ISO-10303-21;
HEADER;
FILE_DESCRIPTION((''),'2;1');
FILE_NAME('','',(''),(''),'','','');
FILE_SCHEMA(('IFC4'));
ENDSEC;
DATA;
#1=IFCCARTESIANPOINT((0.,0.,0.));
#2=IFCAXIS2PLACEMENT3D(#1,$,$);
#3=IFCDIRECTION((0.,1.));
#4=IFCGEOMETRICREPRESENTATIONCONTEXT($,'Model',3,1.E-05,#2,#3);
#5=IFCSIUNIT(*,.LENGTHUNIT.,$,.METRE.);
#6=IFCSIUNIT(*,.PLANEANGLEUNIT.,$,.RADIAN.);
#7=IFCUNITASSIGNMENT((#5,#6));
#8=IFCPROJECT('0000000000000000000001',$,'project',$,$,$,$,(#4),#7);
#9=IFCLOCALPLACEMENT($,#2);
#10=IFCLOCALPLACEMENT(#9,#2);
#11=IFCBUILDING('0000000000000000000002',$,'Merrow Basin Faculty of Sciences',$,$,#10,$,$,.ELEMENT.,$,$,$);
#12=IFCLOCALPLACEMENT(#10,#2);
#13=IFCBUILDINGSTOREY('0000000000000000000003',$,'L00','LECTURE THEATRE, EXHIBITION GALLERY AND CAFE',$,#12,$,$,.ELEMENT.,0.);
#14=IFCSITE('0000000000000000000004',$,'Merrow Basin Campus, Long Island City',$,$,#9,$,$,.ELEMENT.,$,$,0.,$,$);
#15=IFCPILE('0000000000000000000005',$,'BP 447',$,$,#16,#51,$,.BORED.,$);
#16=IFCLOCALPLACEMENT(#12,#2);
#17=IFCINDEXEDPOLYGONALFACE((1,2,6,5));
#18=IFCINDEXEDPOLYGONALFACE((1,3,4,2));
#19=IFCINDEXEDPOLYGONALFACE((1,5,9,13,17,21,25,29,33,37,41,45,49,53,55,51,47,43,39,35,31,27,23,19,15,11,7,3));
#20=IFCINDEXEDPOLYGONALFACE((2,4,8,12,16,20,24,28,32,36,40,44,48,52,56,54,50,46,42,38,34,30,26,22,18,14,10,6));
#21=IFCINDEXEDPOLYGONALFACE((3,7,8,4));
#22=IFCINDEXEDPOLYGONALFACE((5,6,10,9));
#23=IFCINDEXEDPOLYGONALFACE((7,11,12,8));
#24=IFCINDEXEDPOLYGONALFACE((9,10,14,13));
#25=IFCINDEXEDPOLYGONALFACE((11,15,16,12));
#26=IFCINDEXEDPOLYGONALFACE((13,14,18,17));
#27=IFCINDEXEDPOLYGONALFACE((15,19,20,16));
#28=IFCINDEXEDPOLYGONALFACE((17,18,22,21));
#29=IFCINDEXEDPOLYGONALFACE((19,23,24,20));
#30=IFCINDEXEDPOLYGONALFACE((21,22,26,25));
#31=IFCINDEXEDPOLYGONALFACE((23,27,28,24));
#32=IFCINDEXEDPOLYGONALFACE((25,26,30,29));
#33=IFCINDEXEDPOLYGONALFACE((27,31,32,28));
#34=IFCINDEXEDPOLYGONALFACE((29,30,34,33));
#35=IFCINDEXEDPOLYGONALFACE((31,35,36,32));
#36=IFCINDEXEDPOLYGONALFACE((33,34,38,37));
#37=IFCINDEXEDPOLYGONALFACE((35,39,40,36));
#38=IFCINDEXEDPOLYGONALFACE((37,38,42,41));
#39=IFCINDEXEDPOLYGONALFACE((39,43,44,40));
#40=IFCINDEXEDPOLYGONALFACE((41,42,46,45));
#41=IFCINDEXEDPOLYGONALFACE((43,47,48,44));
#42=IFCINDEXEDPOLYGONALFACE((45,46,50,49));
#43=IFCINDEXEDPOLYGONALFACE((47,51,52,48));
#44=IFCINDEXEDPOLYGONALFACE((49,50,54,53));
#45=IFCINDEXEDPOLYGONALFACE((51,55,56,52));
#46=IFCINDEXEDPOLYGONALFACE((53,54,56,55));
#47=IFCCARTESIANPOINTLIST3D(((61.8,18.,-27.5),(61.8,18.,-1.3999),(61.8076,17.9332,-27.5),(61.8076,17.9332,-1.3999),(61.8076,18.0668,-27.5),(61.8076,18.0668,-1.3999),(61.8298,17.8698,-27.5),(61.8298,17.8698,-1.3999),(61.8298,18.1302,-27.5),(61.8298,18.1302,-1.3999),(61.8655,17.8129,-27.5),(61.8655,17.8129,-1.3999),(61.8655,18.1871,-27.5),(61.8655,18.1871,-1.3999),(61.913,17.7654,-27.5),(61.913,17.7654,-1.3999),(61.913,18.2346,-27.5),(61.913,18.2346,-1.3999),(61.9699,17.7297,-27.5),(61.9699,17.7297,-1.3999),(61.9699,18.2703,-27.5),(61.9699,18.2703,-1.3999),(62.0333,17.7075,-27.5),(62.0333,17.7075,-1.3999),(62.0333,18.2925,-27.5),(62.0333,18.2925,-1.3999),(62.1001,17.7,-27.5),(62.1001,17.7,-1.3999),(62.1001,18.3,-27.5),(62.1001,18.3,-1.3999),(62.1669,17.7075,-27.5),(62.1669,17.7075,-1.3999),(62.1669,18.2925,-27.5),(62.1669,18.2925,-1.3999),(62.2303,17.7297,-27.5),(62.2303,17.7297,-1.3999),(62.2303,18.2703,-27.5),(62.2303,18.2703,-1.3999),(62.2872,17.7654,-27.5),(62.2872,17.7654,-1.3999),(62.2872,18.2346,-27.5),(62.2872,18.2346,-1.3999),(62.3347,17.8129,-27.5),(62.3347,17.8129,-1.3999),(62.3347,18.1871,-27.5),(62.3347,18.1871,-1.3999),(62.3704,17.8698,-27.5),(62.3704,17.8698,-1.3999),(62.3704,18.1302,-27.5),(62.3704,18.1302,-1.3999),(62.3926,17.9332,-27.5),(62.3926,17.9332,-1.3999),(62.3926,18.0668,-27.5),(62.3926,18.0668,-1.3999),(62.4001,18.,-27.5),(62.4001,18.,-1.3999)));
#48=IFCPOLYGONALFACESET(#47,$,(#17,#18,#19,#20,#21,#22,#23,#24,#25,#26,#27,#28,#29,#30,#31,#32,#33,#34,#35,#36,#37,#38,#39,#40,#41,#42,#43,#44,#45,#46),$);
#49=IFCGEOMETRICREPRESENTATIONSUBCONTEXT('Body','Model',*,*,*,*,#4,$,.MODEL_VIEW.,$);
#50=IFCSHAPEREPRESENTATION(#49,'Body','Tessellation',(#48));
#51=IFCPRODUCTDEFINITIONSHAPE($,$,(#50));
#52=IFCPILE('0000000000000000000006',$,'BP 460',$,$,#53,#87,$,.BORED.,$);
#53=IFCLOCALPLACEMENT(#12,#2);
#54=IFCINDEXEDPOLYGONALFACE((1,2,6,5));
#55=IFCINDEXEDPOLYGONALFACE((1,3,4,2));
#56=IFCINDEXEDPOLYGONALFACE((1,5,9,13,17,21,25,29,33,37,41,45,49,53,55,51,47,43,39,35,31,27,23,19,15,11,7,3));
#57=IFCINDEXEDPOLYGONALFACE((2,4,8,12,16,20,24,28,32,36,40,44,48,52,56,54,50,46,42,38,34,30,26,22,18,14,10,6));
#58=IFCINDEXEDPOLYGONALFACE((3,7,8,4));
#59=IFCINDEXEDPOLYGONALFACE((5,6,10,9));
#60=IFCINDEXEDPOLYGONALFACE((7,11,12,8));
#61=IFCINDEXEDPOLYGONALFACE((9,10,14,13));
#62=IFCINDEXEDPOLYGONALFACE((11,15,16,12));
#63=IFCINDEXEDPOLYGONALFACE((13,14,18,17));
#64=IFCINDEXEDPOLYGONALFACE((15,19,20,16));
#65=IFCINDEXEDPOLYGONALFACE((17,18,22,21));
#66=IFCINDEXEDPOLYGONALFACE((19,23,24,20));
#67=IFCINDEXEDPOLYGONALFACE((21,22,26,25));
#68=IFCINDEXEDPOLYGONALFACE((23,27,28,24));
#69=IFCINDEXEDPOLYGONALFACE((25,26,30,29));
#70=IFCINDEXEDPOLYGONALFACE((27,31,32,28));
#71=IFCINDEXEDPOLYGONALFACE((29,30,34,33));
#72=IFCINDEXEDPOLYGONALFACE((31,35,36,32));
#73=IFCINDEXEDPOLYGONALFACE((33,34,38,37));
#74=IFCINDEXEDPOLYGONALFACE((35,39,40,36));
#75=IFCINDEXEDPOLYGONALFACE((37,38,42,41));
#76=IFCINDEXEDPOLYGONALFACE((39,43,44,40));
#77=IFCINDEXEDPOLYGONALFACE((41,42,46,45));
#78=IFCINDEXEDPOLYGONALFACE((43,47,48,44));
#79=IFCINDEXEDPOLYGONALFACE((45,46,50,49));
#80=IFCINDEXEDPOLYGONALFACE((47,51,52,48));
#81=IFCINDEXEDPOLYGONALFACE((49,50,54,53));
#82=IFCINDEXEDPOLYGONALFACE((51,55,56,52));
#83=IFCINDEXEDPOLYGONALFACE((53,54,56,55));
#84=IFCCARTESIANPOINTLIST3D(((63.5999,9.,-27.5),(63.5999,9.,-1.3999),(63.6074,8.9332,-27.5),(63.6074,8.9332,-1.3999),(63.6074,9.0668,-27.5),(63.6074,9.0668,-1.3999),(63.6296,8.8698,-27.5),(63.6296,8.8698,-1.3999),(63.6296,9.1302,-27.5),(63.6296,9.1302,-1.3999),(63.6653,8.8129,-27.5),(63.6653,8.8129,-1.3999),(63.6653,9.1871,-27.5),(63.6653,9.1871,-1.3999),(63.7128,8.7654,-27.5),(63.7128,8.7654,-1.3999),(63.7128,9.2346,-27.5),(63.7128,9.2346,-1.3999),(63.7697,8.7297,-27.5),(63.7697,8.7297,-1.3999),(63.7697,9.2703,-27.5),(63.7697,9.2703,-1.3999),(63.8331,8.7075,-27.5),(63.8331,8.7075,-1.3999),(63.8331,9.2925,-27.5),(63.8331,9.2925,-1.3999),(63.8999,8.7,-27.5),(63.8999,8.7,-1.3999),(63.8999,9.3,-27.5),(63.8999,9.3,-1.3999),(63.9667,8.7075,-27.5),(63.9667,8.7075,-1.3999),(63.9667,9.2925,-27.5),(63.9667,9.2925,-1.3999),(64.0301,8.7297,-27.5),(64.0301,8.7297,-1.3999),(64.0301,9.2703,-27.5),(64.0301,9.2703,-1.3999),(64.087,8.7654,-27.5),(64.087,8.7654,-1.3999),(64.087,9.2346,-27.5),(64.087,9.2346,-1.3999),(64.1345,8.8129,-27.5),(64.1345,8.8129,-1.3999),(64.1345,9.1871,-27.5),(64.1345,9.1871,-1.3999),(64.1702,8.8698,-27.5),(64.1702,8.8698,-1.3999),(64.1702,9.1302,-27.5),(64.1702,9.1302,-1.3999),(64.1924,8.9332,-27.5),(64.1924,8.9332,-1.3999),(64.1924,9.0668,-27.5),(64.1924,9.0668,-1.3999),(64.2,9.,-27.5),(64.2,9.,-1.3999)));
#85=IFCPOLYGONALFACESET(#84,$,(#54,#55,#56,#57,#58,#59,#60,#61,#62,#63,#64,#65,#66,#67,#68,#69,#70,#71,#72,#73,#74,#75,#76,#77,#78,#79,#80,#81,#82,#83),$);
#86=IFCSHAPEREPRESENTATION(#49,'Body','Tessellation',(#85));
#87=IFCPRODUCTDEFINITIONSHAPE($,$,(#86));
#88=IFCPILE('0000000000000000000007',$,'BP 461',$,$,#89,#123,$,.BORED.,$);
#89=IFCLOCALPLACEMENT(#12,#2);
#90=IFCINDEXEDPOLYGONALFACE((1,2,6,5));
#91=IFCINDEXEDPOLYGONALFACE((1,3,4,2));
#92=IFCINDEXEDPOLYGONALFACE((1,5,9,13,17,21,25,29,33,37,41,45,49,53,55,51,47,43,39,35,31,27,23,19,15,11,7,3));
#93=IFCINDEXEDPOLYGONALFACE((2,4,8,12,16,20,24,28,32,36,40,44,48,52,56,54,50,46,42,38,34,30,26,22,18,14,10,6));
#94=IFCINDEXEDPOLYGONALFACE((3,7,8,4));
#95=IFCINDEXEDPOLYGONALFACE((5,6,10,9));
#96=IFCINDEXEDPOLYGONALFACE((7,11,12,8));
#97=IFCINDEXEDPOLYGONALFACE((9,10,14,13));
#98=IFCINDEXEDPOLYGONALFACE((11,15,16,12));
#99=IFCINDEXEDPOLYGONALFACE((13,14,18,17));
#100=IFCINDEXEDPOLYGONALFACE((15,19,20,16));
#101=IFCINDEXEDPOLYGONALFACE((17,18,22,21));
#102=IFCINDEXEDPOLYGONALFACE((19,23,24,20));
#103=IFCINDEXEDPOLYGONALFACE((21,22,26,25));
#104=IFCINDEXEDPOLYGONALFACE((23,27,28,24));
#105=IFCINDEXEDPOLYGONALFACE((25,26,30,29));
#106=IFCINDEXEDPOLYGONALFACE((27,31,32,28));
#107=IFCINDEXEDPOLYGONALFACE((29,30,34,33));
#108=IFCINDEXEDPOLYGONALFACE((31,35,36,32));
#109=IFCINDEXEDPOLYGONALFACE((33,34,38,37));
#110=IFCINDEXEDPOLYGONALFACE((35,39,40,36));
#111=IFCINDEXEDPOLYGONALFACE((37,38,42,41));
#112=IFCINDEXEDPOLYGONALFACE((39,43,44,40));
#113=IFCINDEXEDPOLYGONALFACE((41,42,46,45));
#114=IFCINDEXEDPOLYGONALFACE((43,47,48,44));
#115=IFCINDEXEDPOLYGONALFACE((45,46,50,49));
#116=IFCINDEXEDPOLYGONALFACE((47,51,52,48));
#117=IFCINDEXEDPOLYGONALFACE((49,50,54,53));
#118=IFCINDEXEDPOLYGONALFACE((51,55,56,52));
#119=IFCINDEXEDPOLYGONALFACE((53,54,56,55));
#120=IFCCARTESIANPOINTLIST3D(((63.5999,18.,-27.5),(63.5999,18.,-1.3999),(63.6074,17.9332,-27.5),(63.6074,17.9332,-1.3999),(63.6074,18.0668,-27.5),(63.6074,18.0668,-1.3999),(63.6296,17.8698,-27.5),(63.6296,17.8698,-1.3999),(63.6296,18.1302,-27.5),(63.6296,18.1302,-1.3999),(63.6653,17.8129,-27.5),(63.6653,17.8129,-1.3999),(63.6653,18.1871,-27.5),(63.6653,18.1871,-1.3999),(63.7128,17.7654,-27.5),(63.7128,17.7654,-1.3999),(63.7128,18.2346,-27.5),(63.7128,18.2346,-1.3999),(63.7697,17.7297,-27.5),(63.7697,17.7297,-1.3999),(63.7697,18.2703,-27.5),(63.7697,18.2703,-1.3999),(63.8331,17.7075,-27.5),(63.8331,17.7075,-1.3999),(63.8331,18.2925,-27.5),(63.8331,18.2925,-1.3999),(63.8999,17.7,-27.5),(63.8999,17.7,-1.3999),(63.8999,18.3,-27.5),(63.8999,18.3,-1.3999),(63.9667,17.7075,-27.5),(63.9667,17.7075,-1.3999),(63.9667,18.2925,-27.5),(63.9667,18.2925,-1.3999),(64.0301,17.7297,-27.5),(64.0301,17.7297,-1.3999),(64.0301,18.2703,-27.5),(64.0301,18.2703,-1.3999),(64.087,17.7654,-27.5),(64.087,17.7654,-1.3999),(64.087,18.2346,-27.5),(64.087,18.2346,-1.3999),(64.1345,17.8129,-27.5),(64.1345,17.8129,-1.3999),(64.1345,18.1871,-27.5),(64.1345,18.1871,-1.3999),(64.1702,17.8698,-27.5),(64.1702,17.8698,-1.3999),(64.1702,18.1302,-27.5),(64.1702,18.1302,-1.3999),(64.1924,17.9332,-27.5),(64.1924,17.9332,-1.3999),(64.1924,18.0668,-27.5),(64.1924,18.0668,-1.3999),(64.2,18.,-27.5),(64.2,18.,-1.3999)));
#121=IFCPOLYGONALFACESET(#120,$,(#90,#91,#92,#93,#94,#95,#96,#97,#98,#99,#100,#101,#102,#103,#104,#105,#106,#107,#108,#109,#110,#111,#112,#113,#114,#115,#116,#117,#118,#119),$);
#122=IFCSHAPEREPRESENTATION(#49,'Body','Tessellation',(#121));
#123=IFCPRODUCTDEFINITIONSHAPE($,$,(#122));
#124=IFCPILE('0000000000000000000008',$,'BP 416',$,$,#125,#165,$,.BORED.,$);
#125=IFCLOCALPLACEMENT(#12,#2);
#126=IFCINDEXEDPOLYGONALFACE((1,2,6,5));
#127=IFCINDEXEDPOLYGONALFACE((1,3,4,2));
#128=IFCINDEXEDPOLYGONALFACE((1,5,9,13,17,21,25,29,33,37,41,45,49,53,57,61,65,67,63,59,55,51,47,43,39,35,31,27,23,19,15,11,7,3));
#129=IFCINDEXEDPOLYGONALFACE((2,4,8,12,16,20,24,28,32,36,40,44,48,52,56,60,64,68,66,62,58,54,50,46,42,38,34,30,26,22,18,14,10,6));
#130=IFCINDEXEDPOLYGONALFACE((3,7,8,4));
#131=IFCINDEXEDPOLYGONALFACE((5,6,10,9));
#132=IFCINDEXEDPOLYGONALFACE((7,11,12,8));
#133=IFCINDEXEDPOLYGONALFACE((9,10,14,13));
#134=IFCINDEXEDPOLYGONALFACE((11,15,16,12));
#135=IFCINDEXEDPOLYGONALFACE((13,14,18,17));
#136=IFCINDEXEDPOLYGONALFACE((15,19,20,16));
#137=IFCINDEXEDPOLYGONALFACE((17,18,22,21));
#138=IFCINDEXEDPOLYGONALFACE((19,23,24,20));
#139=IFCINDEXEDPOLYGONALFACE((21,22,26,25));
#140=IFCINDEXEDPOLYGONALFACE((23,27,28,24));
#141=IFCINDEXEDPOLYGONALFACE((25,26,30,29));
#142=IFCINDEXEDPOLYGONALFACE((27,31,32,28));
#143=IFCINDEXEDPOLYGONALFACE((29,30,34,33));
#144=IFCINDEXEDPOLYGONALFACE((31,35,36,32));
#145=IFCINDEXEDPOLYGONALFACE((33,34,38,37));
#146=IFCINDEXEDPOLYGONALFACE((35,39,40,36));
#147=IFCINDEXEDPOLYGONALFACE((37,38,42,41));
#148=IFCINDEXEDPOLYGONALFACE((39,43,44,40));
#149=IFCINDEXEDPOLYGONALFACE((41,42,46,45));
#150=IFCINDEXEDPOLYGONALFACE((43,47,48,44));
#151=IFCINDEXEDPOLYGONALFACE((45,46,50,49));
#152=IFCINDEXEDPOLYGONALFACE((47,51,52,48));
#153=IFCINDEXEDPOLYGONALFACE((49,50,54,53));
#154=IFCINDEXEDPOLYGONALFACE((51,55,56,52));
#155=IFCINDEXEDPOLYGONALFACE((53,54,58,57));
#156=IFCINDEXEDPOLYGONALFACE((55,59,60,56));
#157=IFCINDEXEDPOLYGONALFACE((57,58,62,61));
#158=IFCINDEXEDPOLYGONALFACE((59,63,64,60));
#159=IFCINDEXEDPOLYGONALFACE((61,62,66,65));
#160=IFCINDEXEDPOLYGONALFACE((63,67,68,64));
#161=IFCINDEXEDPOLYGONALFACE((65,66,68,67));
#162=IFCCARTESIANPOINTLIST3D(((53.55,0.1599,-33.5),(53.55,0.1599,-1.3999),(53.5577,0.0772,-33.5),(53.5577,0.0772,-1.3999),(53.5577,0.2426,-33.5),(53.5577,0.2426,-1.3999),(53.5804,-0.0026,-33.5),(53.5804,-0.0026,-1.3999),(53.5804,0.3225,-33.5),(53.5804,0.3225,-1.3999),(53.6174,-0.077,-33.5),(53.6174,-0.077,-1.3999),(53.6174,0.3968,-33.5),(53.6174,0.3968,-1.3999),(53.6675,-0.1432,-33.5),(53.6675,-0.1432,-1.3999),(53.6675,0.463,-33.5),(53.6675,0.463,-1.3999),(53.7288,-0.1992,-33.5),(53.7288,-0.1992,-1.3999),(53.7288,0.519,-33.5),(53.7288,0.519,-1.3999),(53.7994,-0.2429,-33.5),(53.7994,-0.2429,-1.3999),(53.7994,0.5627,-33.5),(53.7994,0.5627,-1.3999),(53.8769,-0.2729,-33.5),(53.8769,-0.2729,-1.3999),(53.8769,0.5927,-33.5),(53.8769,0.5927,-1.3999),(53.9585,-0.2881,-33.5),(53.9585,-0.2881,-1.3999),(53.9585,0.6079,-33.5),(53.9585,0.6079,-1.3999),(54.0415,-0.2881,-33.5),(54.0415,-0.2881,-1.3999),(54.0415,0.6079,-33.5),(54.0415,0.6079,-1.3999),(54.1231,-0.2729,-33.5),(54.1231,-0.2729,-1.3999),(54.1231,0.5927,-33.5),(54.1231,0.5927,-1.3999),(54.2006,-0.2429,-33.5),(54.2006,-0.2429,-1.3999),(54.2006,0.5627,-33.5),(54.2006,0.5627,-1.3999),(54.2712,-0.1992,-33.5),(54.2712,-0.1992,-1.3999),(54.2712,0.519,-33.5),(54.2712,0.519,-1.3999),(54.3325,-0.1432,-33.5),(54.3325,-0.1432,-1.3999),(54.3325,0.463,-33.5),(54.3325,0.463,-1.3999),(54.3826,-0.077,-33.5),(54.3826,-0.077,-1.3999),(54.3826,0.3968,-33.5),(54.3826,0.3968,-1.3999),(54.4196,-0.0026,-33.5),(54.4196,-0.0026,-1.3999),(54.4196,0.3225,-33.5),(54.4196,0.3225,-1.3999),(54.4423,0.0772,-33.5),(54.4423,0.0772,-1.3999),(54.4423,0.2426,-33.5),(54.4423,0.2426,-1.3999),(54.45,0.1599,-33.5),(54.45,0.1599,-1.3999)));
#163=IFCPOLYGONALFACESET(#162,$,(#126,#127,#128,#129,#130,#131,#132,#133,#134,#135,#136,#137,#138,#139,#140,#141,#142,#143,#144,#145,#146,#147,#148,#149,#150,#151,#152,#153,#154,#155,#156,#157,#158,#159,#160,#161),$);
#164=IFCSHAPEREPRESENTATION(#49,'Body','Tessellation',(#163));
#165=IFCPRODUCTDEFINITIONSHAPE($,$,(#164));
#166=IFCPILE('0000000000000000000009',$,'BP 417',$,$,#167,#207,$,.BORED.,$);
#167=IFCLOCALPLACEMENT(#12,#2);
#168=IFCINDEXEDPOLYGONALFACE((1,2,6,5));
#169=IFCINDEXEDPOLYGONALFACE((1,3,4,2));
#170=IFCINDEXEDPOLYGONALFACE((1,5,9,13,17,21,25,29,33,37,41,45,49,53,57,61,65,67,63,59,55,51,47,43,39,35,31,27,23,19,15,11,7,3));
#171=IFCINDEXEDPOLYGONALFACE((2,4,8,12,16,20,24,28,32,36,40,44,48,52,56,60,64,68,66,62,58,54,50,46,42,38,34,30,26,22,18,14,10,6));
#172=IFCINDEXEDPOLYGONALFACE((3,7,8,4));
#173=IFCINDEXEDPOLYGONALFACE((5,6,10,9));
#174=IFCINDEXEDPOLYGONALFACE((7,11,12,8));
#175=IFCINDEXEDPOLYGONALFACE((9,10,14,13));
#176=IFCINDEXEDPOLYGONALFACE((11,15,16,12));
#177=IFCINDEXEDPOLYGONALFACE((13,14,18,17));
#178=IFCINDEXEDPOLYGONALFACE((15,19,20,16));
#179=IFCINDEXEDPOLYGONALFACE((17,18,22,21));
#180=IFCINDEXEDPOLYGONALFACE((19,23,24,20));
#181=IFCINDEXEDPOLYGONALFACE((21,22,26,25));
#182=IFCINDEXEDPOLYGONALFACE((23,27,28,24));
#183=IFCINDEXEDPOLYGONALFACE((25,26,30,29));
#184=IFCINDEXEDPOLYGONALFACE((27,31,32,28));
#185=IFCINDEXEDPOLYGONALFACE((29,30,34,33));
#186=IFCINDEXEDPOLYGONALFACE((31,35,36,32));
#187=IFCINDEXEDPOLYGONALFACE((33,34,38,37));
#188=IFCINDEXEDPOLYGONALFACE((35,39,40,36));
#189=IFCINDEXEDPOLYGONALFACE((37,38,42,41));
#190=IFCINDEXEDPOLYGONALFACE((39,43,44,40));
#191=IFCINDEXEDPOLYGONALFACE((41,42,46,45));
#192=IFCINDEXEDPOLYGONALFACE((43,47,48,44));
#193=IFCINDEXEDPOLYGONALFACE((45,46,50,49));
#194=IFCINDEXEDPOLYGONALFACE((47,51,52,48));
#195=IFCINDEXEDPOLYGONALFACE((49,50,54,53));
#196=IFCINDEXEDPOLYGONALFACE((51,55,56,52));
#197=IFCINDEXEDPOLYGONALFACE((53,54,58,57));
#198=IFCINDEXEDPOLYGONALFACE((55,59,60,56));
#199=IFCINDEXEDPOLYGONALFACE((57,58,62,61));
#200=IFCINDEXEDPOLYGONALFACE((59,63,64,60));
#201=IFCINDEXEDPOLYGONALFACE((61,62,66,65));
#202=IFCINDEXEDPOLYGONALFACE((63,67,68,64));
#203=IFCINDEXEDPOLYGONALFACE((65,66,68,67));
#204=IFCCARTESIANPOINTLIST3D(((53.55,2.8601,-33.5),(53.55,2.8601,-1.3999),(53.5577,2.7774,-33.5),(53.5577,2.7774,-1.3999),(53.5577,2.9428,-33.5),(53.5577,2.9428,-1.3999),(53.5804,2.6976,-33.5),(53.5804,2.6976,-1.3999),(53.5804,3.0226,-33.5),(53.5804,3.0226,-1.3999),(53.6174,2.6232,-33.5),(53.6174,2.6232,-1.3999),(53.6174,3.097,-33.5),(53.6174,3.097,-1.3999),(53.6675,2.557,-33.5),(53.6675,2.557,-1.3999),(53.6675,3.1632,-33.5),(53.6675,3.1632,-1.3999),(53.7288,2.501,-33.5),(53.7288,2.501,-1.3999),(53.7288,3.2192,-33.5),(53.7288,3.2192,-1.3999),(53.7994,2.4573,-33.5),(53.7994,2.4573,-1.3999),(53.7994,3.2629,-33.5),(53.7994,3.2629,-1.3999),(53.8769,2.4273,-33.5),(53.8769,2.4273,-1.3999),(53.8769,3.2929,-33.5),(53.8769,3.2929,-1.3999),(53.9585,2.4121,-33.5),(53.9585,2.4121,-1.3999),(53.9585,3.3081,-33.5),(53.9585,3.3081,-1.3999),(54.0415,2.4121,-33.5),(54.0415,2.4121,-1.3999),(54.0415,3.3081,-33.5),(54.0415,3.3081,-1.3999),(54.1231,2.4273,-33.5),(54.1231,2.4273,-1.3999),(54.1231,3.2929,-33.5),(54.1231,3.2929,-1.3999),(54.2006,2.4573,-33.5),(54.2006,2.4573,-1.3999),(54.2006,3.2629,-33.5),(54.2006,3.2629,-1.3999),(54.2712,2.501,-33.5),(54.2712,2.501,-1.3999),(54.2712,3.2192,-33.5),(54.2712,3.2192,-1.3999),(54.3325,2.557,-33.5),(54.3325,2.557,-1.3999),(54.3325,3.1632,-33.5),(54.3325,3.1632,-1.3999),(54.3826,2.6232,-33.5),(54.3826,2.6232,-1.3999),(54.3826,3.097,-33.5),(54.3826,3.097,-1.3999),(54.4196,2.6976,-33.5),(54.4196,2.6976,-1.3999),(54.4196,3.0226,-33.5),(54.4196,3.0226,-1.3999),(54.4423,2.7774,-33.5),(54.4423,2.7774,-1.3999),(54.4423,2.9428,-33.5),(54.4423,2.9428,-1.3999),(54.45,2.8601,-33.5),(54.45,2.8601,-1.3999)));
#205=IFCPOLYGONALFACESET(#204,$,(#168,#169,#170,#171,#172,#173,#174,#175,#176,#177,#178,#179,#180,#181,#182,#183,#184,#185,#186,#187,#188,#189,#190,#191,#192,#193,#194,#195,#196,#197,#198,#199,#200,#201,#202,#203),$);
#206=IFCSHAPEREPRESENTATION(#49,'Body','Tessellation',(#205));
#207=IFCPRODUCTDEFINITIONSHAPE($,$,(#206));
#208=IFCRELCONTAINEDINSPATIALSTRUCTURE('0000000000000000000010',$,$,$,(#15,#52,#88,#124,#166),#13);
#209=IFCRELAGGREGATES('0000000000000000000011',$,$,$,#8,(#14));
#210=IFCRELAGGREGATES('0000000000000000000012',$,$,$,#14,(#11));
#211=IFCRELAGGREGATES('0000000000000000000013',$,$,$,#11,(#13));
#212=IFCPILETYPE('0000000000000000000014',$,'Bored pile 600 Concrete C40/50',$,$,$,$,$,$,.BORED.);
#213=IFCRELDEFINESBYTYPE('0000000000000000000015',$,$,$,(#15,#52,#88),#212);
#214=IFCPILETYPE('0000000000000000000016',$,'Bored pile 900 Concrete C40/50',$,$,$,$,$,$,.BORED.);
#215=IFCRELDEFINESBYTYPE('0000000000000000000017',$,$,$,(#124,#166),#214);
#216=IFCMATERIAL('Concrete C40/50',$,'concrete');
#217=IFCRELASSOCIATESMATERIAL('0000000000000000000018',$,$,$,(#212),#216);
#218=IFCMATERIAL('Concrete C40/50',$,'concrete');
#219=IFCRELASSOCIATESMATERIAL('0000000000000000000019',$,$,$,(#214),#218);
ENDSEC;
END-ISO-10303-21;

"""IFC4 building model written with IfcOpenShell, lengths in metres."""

from ifc_helpers import new_model, si_unit, direction, frame, origin, origin_2d, place, context, subcontext, project, spatial, circle, extrude, material, material_profile, profile_set, type_object, element, save


model = new_model("IFC4")

# Units and contexts
model_context = context("Model", 3, precision=1e-05, world=origin(), true_north=direction((0.0, 1.0)))
body_context = subcontext(model_context, "Body", "Model", "MODEL_VIEW")
ifc_project = project(units=[si_unit("LENGTHUNIT", "METRE"), si_unit("PLANEANGLEUNIT", "RADIAN")], contexts=[model_context])

# Site, building, storey
site_placement = place(None, origin())
site = spatial("IfcSite", under=ifc_project, at=site_placement, Name="Merrow Basin Campus, Long Island City", CompositionType="ELEMENT", RefElevation=0.0)
building_placement = place(site_placement, origin())
building = spatial("IfcBuilding", under=site, at=building_placement, Name="Merrow Basin Faculty of Sciences", CompositionType="ELEMENT")
storey_placement = place(building_placement, origin())
storey = spatial("IfcBuildingStorey", under=building, at=storey_placement, Name="L00", Description="LECTURE THEATRE, EXHIBITION GALLERY AND CAFE", CompositionType="ELEMENT", Elevation=0.0)

# Piles
ifc_material_1 = material(Name="Concrete C40/50", Category="concrete")
ifc_material_profile_1 = material_profile(ifc_material_1, circle(Radius=0.3, at=origin_2d()))
ifc_profile_set_1 = profile_set([ifc_material_profile_1], Name="Concrete C40/50")
pile_type_1 = type_object("IfcPileType", Name="Bored pile 600 Concrete C40/50", PredefinedType="BORED", material=ifc_profile_set_1)
for number, where, z_axis, x_axis, name in (
    (1, (62.1001, 18.0, -1.3999), (0.0, 0.0, -1.0), (1.0, 0.0, 0.0), "BP 447"),
    (2, (63.8999, 9.0, -1.3999), (0.0, 0.0, -1.0), (1.0, 0.0, 0.0), "BP 460"),
    (3, (63.8999, 18.0, -1.3999), (0.0, 0.0, -1.0), (1.0, 0.0, 0.0), "BP 461"),
):
    element("IfcPile", number, at=place(storey_placement, frame(where, z_axis=z_axis, x_axis=x_axis)), inside=storey, type_object=pile_type_1, Name=name, PredefinedType="BORED", context=body_context, shape_type="SweptSolid", body=[
        extrude(circle(Radius=0.3, at=origin_2d()), origin(), (0.0, 0.0, 1.0), 26.1001),
    ])
ifc_material_2 = material(Name="Concrete C40/50", Category="concrete")
ifc_material_profile_2 = material_profile(ifc_material_2, circle(Radius=0.45, at=origin_2d()))
ifc_profile_set_2 = profile_set([ifc_material_profile_2], Name="Concrete C40/50")
pile_type_2 = type_object("IfcPileType", Name="Bored pile 900 Concrete C40/50", PredefinedType="BORED", material=ifc_profile_set_2)
for number, where, z_axis, x_axis, name in (
    (4, (54.0, 0.1599, -1.3999), (0.0, 0.0, -1.0), (1.0, 0.0, 0.0), "BP 416"),
    (5, (54.0, 2.8601, -1.3999), (0.0, 0.0, -1.0), (1.0, 0.0, 0.0), "BP 417"),
):
    element("IfcPile", number, at=place(storey_placement, frame(where, z_axis=z_axis, x_axis=x_axis)), inside=storey, type_object=pile_type_2, Name=name, PredefinedType="BORED", context=body_context, shape_type="SweptSolid", body=[
        extrude(circle(Radius=0.45, at=origin_2d()), origin(), (0.0, 0.0, 1.0), 32.1001),
    ])

save(model, "model.ifc")
